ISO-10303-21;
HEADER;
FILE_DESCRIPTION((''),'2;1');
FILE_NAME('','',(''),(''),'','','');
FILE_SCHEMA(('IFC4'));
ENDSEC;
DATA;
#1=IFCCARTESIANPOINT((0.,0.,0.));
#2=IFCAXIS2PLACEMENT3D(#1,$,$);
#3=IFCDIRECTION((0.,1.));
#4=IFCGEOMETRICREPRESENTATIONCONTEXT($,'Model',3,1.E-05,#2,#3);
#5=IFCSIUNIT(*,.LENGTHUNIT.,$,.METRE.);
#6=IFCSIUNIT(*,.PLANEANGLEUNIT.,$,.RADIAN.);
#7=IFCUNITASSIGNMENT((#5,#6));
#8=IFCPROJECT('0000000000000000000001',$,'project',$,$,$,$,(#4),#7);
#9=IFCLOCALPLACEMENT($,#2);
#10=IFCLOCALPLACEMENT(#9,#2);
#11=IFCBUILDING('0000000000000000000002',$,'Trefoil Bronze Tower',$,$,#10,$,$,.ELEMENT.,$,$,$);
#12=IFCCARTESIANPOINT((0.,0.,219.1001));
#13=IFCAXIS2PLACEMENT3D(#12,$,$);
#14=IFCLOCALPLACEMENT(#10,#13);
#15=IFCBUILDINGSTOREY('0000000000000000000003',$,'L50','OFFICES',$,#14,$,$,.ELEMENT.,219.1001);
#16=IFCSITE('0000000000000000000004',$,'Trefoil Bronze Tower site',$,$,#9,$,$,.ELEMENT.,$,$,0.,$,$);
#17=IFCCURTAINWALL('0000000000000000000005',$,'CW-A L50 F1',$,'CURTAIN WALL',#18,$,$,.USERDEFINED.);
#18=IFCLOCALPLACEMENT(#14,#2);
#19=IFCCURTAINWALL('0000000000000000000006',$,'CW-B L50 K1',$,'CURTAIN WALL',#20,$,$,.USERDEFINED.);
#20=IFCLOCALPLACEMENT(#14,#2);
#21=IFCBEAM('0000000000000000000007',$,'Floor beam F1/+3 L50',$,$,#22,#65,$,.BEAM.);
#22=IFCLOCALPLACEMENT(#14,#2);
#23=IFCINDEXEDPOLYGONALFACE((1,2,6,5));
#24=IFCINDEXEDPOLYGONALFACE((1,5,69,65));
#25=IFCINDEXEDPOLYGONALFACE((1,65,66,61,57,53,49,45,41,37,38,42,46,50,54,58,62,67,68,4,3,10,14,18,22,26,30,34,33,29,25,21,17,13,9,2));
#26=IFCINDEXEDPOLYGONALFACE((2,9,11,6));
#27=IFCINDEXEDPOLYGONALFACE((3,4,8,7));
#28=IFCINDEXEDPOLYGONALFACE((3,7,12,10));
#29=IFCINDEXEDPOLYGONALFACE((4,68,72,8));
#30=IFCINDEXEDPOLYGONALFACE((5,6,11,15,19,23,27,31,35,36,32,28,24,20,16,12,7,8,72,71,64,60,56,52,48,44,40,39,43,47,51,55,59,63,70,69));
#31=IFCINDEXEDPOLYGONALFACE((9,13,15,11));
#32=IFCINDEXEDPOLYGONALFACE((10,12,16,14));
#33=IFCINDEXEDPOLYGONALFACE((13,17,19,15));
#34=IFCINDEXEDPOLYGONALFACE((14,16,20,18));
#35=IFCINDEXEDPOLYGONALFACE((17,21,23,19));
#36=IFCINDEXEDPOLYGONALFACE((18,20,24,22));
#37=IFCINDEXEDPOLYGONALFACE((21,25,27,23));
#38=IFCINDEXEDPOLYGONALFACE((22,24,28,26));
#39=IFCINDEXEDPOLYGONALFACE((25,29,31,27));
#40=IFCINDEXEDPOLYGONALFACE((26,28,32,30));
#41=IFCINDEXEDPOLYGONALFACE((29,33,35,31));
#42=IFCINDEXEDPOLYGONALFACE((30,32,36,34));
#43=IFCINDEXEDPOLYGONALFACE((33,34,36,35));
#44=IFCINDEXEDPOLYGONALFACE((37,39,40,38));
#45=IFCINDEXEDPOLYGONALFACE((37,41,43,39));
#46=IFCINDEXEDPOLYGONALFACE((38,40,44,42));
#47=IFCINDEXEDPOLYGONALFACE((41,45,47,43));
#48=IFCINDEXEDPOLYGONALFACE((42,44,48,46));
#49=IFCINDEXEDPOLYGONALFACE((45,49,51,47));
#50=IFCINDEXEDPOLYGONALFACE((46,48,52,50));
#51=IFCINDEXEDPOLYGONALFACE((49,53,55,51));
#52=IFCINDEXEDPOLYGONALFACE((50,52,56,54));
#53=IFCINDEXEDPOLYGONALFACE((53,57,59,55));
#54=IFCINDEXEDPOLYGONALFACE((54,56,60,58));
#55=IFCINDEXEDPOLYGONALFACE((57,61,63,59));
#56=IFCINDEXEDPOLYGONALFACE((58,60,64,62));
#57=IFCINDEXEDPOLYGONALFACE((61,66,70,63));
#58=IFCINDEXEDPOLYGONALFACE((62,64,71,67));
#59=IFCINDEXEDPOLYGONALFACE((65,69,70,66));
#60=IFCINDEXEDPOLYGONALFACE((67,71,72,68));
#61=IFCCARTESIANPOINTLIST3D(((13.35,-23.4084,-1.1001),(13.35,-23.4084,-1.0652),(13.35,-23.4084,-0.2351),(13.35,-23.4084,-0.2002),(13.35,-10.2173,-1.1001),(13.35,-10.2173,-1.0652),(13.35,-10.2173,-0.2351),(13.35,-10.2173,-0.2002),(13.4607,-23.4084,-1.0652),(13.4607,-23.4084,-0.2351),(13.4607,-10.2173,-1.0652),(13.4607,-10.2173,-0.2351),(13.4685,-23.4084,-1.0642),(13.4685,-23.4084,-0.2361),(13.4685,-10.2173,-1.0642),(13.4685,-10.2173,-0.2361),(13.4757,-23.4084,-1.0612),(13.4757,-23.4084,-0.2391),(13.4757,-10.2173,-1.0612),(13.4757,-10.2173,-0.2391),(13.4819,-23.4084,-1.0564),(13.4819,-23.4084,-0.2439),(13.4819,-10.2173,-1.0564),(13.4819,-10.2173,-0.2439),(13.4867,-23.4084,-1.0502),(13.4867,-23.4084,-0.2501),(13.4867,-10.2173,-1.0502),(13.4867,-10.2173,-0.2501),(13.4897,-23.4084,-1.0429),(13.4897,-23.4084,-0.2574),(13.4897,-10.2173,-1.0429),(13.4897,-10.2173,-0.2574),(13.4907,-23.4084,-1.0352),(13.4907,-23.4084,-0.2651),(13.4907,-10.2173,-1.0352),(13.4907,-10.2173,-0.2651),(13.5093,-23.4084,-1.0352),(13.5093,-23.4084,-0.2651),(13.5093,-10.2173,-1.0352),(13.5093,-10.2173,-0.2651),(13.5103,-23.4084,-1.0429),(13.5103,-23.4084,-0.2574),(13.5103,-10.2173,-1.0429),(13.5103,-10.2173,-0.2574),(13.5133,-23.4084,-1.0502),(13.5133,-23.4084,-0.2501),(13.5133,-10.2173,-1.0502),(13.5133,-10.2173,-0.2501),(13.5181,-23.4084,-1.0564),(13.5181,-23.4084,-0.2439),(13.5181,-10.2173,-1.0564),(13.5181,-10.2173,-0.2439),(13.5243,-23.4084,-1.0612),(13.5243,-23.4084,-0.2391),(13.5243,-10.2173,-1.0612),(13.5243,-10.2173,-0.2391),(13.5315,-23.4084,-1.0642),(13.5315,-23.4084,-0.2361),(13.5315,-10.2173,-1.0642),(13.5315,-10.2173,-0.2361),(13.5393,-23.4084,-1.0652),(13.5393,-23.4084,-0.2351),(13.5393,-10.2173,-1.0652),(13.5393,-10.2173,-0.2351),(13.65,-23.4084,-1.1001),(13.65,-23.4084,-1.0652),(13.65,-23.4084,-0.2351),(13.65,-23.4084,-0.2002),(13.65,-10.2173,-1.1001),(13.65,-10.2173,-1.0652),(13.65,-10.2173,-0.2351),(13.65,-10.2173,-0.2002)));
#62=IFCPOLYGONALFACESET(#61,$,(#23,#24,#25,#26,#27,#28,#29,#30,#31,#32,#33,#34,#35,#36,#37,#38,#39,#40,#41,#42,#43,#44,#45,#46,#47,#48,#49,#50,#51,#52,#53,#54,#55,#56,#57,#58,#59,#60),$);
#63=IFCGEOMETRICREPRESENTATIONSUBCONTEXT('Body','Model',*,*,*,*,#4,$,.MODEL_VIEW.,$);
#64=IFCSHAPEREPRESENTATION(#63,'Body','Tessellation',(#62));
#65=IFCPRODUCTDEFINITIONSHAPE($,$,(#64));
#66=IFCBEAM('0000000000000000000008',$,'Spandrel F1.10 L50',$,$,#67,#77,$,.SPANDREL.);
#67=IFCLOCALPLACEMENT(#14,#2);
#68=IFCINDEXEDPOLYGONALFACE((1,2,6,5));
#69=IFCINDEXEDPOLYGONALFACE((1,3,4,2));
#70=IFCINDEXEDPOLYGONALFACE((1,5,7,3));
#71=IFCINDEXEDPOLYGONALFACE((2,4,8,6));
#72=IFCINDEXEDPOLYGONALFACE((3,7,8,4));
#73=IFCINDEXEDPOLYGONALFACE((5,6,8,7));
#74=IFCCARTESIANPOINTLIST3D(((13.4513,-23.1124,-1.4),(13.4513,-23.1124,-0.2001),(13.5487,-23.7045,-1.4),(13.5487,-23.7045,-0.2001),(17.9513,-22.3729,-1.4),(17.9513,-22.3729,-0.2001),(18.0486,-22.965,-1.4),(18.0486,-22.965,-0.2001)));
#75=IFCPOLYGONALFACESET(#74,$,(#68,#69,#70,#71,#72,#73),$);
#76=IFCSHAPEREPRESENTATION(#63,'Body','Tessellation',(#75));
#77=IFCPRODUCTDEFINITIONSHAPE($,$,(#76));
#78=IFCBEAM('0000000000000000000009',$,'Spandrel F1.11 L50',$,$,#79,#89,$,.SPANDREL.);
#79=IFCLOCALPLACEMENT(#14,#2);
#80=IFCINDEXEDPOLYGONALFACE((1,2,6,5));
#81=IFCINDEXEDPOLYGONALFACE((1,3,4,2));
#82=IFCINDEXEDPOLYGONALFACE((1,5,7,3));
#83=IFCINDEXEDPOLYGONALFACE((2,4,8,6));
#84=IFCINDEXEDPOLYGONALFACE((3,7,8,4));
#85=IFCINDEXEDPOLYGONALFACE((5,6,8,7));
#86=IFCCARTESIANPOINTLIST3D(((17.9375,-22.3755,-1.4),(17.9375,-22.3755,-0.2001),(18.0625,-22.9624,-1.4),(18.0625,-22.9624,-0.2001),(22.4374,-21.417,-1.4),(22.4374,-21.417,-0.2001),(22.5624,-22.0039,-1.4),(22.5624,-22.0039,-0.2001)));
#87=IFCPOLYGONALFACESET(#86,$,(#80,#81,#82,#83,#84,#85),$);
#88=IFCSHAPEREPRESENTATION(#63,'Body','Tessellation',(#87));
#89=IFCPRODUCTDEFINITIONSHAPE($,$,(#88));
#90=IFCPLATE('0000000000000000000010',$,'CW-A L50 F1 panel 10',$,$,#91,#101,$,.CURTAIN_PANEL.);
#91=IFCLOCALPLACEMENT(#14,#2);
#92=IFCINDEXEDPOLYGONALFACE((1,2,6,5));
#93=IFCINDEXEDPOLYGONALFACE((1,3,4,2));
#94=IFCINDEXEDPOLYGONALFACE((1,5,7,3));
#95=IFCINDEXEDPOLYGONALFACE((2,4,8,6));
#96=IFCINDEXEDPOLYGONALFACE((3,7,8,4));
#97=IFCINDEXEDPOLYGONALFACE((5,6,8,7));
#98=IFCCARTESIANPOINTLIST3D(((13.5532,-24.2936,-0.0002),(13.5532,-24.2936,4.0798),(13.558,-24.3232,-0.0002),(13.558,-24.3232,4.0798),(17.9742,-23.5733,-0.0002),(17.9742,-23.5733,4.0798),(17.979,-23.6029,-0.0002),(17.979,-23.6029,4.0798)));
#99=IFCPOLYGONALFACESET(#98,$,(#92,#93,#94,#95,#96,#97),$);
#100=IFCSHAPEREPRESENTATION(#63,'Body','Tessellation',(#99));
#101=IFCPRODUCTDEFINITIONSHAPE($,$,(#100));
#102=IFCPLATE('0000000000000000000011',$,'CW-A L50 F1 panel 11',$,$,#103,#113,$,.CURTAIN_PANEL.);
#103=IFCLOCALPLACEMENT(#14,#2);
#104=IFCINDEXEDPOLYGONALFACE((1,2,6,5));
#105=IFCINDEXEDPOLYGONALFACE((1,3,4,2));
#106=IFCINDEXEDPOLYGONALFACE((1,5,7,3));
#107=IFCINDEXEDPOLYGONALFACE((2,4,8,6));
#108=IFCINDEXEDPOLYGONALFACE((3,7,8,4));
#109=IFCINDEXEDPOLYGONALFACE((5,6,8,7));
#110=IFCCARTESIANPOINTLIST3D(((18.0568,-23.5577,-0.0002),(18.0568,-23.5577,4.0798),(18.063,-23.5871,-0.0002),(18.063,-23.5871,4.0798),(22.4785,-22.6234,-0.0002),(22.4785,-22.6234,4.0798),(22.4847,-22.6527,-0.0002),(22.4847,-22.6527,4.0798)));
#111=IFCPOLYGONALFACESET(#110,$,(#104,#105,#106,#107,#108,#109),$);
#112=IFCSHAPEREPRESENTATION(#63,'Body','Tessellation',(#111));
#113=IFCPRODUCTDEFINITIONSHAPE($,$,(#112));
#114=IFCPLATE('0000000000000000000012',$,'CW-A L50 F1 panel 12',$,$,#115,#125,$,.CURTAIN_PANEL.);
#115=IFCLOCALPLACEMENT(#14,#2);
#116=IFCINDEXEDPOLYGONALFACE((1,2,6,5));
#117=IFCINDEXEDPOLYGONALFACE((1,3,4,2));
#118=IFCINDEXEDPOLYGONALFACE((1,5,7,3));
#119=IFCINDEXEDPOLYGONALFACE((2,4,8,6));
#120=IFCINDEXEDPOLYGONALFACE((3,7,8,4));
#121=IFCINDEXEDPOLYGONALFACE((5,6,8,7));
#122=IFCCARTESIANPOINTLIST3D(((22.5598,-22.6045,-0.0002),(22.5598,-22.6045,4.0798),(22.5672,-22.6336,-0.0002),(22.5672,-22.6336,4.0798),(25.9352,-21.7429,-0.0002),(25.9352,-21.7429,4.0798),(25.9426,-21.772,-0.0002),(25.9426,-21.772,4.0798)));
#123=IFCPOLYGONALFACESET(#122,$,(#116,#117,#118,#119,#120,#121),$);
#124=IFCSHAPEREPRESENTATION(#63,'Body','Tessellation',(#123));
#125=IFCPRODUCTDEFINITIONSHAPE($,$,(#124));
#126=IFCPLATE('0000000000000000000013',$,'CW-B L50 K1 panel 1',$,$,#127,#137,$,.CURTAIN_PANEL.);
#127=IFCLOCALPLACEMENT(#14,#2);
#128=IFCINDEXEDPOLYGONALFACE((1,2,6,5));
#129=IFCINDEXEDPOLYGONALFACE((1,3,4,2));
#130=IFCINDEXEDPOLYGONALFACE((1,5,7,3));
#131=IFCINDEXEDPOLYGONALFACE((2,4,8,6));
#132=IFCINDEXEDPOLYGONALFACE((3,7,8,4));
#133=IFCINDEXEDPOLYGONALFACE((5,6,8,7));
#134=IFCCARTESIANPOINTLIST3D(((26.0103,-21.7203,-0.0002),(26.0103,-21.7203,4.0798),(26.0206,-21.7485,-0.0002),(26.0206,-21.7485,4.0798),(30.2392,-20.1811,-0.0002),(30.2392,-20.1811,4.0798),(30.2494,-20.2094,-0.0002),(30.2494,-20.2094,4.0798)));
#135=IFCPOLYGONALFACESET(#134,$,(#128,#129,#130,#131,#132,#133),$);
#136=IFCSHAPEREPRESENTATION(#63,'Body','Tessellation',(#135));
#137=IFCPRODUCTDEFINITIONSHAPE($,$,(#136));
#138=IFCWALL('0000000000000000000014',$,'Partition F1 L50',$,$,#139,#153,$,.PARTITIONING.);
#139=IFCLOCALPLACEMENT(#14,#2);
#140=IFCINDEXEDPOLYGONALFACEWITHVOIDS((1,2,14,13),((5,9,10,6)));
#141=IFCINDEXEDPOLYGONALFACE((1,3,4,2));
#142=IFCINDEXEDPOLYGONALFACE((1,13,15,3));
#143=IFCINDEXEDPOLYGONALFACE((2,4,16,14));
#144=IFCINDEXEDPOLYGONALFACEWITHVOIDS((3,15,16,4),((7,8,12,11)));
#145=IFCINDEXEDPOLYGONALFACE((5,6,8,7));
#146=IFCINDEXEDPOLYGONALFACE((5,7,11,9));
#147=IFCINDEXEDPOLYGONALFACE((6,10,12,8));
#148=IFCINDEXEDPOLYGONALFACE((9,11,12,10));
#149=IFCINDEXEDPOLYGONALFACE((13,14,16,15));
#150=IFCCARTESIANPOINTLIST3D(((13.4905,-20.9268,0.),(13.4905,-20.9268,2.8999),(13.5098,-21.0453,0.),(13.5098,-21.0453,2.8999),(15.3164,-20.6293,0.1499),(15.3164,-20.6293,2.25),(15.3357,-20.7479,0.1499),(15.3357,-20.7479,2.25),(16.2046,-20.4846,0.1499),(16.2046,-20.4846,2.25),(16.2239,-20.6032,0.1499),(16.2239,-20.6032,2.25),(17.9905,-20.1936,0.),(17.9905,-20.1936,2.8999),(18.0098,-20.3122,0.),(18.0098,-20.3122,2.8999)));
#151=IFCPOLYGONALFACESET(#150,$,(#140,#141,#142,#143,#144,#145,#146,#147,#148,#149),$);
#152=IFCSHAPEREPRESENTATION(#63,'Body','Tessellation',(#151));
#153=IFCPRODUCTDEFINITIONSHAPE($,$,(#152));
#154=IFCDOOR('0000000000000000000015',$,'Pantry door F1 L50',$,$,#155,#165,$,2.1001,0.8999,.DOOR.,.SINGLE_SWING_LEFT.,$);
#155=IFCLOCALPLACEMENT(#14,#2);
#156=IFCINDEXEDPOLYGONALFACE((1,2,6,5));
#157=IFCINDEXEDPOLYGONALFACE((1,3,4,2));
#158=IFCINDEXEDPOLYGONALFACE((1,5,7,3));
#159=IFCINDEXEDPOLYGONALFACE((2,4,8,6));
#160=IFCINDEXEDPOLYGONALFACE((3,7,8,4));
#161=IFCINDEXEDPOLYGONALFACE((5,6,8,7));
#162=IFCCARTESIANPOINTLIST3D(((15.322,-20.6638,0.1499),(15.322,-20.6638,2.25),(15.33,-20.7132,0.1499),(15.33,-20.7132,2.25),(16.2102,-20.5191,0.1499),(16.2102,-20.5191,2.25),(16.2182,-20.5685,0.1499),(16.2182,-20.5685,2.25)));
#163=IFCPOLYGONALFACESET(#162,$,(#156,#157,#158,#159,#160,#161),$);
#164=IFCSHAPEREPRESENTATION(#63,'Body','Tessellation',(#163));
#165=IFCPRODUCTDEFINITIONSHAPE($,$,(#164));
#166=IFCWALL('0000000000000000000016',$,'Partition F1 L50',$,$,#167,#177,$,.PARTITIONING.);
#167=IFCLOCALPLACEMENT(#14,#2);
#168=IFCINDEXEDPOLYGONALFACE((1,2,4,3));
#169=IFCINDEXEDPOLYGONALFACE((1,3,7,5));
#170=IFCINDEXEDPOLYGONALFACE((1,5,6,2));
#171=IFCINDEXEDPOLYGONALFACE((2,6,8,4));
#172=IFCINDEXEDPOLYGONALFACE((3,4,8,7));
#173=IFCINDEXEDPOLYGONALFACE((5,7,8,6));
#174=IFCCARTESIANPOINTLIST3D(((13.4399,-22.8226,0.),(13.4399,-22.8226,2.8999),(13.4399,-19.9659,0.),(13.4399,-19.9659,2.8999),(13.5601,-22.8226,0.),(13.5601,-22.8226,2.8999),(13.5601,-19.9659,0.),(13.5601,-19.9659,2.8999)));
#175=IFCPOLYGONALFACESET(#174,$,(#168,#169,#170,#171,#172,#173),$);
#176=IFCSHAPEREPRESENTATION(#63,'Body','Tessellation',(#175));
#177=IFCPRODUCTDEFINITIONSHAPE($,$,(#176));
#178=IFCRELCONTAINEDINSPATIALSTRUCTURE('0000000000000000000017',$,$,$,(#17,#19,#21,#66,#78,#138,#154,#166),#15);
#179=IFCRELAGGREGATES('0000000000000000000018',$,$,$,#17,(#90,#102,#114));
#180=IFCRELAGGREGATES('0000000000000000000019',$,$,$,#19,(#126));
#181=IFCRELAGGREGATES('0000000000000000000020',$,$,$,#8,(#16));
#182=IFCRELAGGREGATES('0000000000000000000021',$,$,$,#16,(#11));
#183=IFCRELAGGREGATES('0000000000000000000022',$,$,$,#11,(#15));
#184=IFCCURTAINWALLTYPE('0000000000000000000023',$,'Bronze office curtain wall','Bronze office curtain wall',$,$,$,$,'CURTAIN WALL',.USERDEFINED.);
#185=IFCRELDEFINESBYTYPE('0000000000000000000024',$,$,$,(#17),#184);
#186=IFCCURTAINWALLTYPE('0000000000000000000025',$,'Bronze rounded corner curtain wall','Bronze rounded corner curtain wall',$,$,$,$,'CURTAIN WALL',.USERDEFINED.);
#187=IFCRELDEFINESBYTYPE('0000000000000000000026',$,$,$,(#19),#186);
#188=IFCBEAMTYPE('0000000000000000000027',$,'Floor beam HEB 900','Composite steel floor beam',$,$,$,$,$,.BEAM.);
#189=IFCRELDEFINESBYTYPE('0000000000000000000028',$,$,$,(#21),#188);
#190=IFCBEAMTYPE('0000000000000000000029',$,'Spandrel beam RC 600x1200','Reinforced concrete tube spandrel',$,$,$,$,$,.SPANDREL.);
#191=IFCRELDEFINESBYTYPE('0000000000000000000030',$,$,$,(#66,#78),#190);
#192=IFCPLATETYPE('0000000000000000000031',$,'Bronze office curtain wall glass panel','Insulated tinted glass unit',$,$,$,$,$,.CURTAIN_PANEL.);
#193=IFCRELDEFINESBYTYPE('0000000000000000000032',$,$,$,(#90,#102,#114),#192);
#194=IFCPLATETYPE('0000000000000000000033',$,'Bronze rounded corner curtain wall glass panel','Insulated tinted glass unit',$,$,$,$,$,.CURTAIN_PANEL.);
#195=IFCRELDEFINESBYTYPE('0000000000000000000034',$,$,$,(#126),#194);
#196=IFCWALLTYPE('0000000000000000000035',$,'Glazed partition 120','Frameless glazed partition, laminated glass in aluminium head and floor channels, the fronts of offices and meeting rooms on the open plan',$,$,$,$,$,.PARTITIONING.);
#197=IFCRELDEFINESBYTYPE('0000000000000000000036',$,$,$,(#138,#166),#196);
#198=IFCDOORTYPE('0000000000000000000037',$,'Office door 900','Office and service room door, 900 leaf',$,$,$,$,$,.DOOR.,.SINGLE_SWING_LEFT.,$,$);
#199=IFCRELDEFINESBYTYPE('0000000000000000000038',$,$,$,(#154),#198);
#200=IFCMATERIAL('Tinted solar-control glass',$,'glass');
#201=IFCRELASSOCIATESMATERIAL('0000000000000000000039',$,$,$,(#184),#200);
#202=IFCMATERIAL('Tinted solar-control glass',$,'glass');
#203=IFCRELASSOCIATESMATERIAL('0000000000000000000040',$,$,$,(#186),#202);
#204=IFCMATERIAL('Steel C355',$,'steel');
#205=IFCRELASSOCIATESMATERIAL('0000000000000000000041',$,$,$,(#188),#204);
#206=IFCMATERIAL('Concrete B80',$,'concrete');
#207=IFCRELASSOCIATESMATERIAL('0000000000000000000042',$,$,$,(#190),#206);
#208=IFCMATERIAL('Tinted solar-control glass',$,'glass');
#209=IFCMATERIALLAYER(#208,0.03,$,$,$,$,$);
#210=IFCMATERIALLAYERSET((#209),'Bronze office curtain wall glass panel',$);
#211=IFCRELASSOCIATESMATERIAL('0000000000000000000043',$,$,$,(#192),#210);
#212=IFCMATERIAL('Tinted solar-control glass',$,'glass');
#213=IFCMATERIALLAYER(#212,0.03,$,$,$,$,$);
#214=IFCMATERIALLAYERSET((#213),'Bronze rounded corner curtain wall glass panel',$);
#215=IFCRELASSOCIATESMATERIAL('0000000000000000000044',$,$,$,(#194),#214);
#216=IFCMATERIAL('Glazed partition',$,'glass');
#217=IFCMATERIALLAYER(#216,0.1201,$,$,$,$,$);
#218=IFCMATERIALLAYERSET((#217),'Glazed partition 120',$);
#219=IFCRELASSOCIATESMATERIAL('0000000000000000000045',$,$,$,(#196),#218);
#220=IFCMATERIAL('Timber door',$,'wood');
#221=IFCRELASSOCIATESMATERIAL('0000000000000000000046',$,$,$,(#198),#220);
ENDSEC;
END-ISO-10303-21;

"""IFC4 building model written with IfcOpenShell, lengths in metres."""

from ifc_helpers import new_model, si_unit, direction, frame, frame_2d, origin, origin_2d, place, context, subcontext, project, spatial, rectangle, i_section, extrude, material, layer, layer_set, material_profile, profile_set, type_object, element, fill, aggregate, save


model = new_model("IFC4")

# Units and contexts
model_context = context("Model", 3, precision=1e-05, world=origin(), true_north=direction((0.0, 1.0)))
body_context = subcontext(model_context, "Body", "Model", "MODEL_VIEW")
ifc_project = project(units=[si_unit("LENGTHUNIT", "METRE"), si_unit("PLANEANGLEUNIT", "RADIAN")], contexts=[model_context])

# Site, building, storey
site_placement = place(None, origin())
site = spatial("IfcSite", under=ifc_project, at=site_placement, Name="Trefoil Bronze Tower site", CompositionType="ELEMENT", RefElevation=0.0)
building_placement = place(site_placement, origin())
building = spatial("IfcBuilding", under=site, at=building_placement, Name="Trefoil Bronze Tower", CompositionType="ELEMENT")
storey_placement = place(building_placement, frame((0.0, 0.0, 219.1001)))
storey = spatial("IfcBuildingStorey", under=building, at=storey_placement, Name="L50", Description="OFFICES", CompositionType="ELEMENT", Elevation=219.1001)

# Curtain walls
ifc_material_1 = material(Name="Tinted solar-control glass", Category="glass")
curtain_wall_type_1 = type_object("IfcCurtainWallType", Name="Bronze office curtain wall", Description="Bronze office curtain wall", ElementType="CURTAIN WALL", PredefinedType="USERDEFINED", material=ifc_material_1)
curtain_wall_1_placement = place(storey_placement, origin())
curtain_wall_1 = element("IfcCurtainWall", 1, at=curtain_wall_1_placement, inside=storey, type_object=curtain_wall_type_1, Name="CW-A L50 F1", ObjectType="CURTAIN WALL", PredefinedType="USERDEFINED")
ifc_material_2 = material(Name="Tinted solar-control glass", Category="glass")
curtain_wall_type_2 = type_object("IfcCurtainWallType", Name="Bronze rounded corner curtain wall", Description="Bronze rounded corner curtain wall", ElementType="CURTAIN WALL", PredefinedType="USERDEFINED", material=ifc_material_2)
curtain_wall_2_placement = place(storey_placement, origin())
curtain_wall_2 = element("IfcCurtainWall", 2, at=curtain_wall_2_placement, inside=storey, type_object=curtain_wall_type_2, Name="CW-B L50 K1", ObjectType="CURTAIN WALL", PredefinedType="USERDEFINED")

# Beams
ifc_material_3 = material(Name="Steel C355", Category="steel")
ifc_material_profile_1 = material_profile(ifc_material_3, i_section(OverallWidth=0.3, OverallDepth=0.8999, WebThickness=0.0186, FlangeThickness=0.0349, FilletRadius=0.03, at=origin_2d()), Name="HEB 900")
ifc_profile_set_1 = profile_set([ifc_material_profile_1], Name="Steel C355")
beam_type_1 = type_object("IfcBeamType", Name="Floor beam HEB 900", Description="Composite steel floor beam", PredefinedType="BEAM", material=ifc_profile_set_1)
beam_1_placement = place(storey_placement, frame((13.5, -23.4084, -0.6501), z_axis=(0.0, 1.0, 0.0), x_axis=(-1.0, 0.0, 0.0)))
element("IfcBeam", 3, at=beam_1_placement, inside=storey, type_object=beam_type_1, Name="Floor beam F1/+3 L50", PredefinedType="BEAM", context=body_context, shape_type="SweptSolid", body=[
    extrude(i_section(OverallWidth=0.3, OverallDepth=0.8999, WebThickness=0.0186, FlangeThickness=0.0349, FilletRadius=0.03, at=origin_2d()), origin(), (0.0, 0.0, 1.0), 13.1912),
])
ifc_material_4 = material(Name="Concrete B80", Category="concrete")
ifc_material_profile_2 = material_profile(ifc_material_4, rectangle(XDim=0.6001, YDim=1.2, at=origin_2d()), Name="RC 600x1200")
ifc_profile_set_2 = profile_set([ifc_material_profile_2], Name="Concrete B80")
beam_type_2 = type_object("IfcBeamType", Name="Spandrel beam RC 600x1200", Description="Reinforced concrete tube spandrel", PredefinedType="SPANDREL", material=ifc_profile_set_2)
beam_2_placement = place(storey_placement, frame((13.5, -23.4084, -0.8), z_axis=(0.986765, 0.162159, 0.0), x_axis=(-0.162159, 0.986765, 0.0)))
element("IfcBeam", 4, at=beam_2_placement, inside=storey, type_object=beam_type_2, Name="Spandrel F1.10 L50", PredefinedType="SPANDREL", context=body_context, shape_type="SweptSolid", body=[
    extrude(rectangle(XDim=0.6001, YDim=1.2, at=origin_2d()), origin(), (0.0, 0.0, 1.0), 4.5603),
])
beam_3_placement = place(storey_placement, frame((18.0, -22.6689, -0.8), z_axis=(0.978059, 0.208326, 0.0), x_axis=(-0.208326, 0.978059, 0.0)))
element("IfcBeam", 5, at=beam_3_placement, inside=storey, type_object=beam_type_2, Name="Spandrel F1.11 L50", PredefinedType="SPANDREL", context=body_context, shape_type="SweptSolid", body=[
    extrude(rectangle(XDim=0.6001, YDim=1.2, at=origin_2d()), origin(), (0.0, 0.0, 1.0), 4.6008),
])

# Plates
ifc_material_5 = material(Name="Tinted solar-control glass", Category="glass")
ifc_layer_1 = layer(ifc_material_5, 0.03)
ifc_layer_set_1 = layer_set([ifc_layer_1], Name="Bronze office curtain wall glass panel")
plate_type_1 = type_object("IfcPlateType", Name="Bronze office curtain wall glass panel", Description="Insulated tinted glass unit", PredefinedType="CURTAIN_PANEL", material=ifc_layer_set_1)
plate_1_placement = place(storey_placement, frame((15.7661, -23.9482, -0.0002), z_axis=(0.0, 0.0, 1.0), x_axis=(0.986987, 0.160803, 0.0)))
plate_1 = element("IfcPlate", 6, at=plate_1_placement, type_object=plate_type_1, Name="CW-A L50 F1 panel 10", PredefinedType="CURTAIN_PANEL", context=body_context, shape_type="SweptSolid", body=[
    extrude(rectangle(XDim=4.4792, YDim=0.03, at=origin_2d()), origin(), (0.0, 0.0, 1.0), 4.0801),
])
plate_2_placement = place(storey_placement, frame((20.2708, -23.1052, -0.0002), z_axis=(0.0, 0.0, 1.0), x_axis=(0.978394, 0.206747, 0.0)))
plate_2 = element("IfcPlate", 7, at=plate_2_placement, type_object=plate_type_1, Name="CW-A L50 F1 panel 11", PredefinedType="CURTAIN_PANEL", context=body_context, shape_type="SweptSolid", body=[
    extrude(rectangle(XDim=4.5193, YDim=0.03, at=origin_2d()), origin(), (0.0, 0.0, 1.0), 4.0801),
])
plate_3_placement = place(storey_placement, frame((24.2512, -22.1882, -0.0002), z_axis=(0.0, 0.0, 1.0), x_axis=(0.968934, 0.247319, 0.0)))
plate_3 = element("IfcPlate", 8, at=plate_3_placement, type_object=plate_type_1, Name="CW-A L50 F1 panel 12", PredefinedType="CURTAIN_PANEL", context=body_context, shape_type="SweptSolid", body=[
    extrude(rectangle(XDim=3.4836, YDim=0.03, at=origin_2d()), origin(), (0.0, 0.0, 1.0), 4.0801),
])
aggregate(curtain_wall_1, [plate_1, plate_2, plate_3])
ifc_material_6 = material(Name="Tinted solar-control glass", Category="glass")
ifc_layer_2 = layer(ifc_material_6, 0.03)
ifc_layer_set_2 = layer_set([ifc_layer_2], Name="Bronze rounded corner curtain wall glass panel")
plate_type_2 = type_object("IfcPlateType", Name="Bronze rounded corner curtain wall glass panel", Description="Insulated tinted glass unit", PredefinedType="CURTAIN_PANEL", material=ifc_layer_set_2)
plate_4_placement = place(storey_placement, frame((28.1299, -20.9648, -0.0002), z_axis=(0.0, 0.0, 1.0), x_axis=(0.939693, 0.34202, 0.0)))
plate_4 = element("IfcPlate", 9, at=plate_4_placement, type_object=plate_type_2, Name="CW-B L50 K1 panel 1", PredefinedType="CURTAIN_PANEL", context=body_context, shape_type="SweptSolid", body=[
    extrude(rectangle(XDim=4.5002, YDim=0.03, at=origin_2d()), origin(), (0.0, 0.0, 1.0), 4.0801),
])
aggregate(curtain_wall_2, [plate_4])

# Wall, opening, door
ifc_material_7 = material(Name="Glazed partition", Category="glass")
ifc_layer_3 = layer(ifc_material_7, 0.1201)
ifc_layer_set_3 = layer_set([ifc_layer_3], Name="Glazed partition 120")
wall_type_1 = type_object("IfcWallType", Name="Glazed partition 120", Description="Frameless glazed partition, laminated glass in aluminium head and floor channels, the fronts of offices and meeting rooms on the open plan", PredefinedType="PARTITIONING", material=ifc_layer_set_3)
wall_1_placement = place(storey_placement, frame((13.5, -20.9861, 0.0), z_axis=(0.0, 0.0, 1.0), x_axis=(0.986987, 0.160803, 0.0)))
wall_1 = element("IfcWall", 10, at=wall_1_placement, inside=storey, type_object=wall_type_1, Name="Partition F1 L50", PredefinedType="PARTITIONING", context=body_context, shape_type="SweptSolid", body=[
    extrude(rectangle(XDim=4.5593, YDim=0.1201, at=frame_2d((2.2798, 0.0))), origin(), (0.0, 0.0, 1.0), 2.8999),
])
opening_placement = place(wall_1_placement, frame((1.8501, 0.0, 0.1499)))
opening = element("IfcOpeningElement", 11, at=opening_placement, cuts=wall_1, PredefinedType="OPENING", context=body_context, shape_type="SweptSolid", body=[
    extrude(rectangle(XDim=0.8999, YDim=2.1001, at=frame_2d((0.45, 1.05))), frame((0.0, 0.0701, 0.0), z_axis=(0.0, -1.0, 0.0), x_axis=(1.0, 0.0, 0.0)), (0.0, 0.0, 1.0), 0.1401),
])
ifc_material_8 = material(Name="Timber door", Category="wood")
door_type = type_object("IfcDoorType", Name="Office door 900", Description="Office and service room door, 900 leaf", OperationType="SINGLE_SWING_LEFT", PredefinedType="DOOR", material=ifc_material_8)
door_placement = place(opening_placement, frame((0.8999, 0.0, 0.0), z_axis=(0.0, 0.0, 1.0), x_axis=(-1.0, 0.0, 0.0)))
door = element("IfcDoor", 12, at=door_placement, inside=storey, type_object=door_type, Name="Pantry door F1 L50", OperationType="SINGLE_SWING_LEFT", OverallHeight=2.1001, OverallWidth=0.8999, PredefinedType="DOOR", context=body_context, shape_type="SweptSolid", body=[
    extrude(rectangle(XDim=0.8999, YDim=2.1001, at=frame_2d((0.45, 1.05))), frame((0.0, 0.0249, 0.0), z_axis=(0.0, -1.0, 0.0), x_axis=(1.0, 0.0, 0.0)), (0.0, 0.0, 1.0), 0.05),
])
fill(opening, door)

# Wall
wall_2_placement = place(storey_placement, frame((13.5, -19.9661, 0.0), z_axis=(0.0, 0.0, 1.0), x_axis=(0.0, -1.0, 0.0)))
element("IfcWall", 13, at=wall_2_placement, inside=storey, type_object=wall_type_1, Name="Partition F1 L50", PredefinedType="PARTITIONING", context=body_context, shape_type="SweptSolid", body=[
    extrude(rectangle(XDim=2.8567, YDim=0.1201, at=frame_2d((1.4282, 0.0))), origin(), (0.0, 0.0, 1.0), 2.8999),
])

save(model, "model.ifc")
